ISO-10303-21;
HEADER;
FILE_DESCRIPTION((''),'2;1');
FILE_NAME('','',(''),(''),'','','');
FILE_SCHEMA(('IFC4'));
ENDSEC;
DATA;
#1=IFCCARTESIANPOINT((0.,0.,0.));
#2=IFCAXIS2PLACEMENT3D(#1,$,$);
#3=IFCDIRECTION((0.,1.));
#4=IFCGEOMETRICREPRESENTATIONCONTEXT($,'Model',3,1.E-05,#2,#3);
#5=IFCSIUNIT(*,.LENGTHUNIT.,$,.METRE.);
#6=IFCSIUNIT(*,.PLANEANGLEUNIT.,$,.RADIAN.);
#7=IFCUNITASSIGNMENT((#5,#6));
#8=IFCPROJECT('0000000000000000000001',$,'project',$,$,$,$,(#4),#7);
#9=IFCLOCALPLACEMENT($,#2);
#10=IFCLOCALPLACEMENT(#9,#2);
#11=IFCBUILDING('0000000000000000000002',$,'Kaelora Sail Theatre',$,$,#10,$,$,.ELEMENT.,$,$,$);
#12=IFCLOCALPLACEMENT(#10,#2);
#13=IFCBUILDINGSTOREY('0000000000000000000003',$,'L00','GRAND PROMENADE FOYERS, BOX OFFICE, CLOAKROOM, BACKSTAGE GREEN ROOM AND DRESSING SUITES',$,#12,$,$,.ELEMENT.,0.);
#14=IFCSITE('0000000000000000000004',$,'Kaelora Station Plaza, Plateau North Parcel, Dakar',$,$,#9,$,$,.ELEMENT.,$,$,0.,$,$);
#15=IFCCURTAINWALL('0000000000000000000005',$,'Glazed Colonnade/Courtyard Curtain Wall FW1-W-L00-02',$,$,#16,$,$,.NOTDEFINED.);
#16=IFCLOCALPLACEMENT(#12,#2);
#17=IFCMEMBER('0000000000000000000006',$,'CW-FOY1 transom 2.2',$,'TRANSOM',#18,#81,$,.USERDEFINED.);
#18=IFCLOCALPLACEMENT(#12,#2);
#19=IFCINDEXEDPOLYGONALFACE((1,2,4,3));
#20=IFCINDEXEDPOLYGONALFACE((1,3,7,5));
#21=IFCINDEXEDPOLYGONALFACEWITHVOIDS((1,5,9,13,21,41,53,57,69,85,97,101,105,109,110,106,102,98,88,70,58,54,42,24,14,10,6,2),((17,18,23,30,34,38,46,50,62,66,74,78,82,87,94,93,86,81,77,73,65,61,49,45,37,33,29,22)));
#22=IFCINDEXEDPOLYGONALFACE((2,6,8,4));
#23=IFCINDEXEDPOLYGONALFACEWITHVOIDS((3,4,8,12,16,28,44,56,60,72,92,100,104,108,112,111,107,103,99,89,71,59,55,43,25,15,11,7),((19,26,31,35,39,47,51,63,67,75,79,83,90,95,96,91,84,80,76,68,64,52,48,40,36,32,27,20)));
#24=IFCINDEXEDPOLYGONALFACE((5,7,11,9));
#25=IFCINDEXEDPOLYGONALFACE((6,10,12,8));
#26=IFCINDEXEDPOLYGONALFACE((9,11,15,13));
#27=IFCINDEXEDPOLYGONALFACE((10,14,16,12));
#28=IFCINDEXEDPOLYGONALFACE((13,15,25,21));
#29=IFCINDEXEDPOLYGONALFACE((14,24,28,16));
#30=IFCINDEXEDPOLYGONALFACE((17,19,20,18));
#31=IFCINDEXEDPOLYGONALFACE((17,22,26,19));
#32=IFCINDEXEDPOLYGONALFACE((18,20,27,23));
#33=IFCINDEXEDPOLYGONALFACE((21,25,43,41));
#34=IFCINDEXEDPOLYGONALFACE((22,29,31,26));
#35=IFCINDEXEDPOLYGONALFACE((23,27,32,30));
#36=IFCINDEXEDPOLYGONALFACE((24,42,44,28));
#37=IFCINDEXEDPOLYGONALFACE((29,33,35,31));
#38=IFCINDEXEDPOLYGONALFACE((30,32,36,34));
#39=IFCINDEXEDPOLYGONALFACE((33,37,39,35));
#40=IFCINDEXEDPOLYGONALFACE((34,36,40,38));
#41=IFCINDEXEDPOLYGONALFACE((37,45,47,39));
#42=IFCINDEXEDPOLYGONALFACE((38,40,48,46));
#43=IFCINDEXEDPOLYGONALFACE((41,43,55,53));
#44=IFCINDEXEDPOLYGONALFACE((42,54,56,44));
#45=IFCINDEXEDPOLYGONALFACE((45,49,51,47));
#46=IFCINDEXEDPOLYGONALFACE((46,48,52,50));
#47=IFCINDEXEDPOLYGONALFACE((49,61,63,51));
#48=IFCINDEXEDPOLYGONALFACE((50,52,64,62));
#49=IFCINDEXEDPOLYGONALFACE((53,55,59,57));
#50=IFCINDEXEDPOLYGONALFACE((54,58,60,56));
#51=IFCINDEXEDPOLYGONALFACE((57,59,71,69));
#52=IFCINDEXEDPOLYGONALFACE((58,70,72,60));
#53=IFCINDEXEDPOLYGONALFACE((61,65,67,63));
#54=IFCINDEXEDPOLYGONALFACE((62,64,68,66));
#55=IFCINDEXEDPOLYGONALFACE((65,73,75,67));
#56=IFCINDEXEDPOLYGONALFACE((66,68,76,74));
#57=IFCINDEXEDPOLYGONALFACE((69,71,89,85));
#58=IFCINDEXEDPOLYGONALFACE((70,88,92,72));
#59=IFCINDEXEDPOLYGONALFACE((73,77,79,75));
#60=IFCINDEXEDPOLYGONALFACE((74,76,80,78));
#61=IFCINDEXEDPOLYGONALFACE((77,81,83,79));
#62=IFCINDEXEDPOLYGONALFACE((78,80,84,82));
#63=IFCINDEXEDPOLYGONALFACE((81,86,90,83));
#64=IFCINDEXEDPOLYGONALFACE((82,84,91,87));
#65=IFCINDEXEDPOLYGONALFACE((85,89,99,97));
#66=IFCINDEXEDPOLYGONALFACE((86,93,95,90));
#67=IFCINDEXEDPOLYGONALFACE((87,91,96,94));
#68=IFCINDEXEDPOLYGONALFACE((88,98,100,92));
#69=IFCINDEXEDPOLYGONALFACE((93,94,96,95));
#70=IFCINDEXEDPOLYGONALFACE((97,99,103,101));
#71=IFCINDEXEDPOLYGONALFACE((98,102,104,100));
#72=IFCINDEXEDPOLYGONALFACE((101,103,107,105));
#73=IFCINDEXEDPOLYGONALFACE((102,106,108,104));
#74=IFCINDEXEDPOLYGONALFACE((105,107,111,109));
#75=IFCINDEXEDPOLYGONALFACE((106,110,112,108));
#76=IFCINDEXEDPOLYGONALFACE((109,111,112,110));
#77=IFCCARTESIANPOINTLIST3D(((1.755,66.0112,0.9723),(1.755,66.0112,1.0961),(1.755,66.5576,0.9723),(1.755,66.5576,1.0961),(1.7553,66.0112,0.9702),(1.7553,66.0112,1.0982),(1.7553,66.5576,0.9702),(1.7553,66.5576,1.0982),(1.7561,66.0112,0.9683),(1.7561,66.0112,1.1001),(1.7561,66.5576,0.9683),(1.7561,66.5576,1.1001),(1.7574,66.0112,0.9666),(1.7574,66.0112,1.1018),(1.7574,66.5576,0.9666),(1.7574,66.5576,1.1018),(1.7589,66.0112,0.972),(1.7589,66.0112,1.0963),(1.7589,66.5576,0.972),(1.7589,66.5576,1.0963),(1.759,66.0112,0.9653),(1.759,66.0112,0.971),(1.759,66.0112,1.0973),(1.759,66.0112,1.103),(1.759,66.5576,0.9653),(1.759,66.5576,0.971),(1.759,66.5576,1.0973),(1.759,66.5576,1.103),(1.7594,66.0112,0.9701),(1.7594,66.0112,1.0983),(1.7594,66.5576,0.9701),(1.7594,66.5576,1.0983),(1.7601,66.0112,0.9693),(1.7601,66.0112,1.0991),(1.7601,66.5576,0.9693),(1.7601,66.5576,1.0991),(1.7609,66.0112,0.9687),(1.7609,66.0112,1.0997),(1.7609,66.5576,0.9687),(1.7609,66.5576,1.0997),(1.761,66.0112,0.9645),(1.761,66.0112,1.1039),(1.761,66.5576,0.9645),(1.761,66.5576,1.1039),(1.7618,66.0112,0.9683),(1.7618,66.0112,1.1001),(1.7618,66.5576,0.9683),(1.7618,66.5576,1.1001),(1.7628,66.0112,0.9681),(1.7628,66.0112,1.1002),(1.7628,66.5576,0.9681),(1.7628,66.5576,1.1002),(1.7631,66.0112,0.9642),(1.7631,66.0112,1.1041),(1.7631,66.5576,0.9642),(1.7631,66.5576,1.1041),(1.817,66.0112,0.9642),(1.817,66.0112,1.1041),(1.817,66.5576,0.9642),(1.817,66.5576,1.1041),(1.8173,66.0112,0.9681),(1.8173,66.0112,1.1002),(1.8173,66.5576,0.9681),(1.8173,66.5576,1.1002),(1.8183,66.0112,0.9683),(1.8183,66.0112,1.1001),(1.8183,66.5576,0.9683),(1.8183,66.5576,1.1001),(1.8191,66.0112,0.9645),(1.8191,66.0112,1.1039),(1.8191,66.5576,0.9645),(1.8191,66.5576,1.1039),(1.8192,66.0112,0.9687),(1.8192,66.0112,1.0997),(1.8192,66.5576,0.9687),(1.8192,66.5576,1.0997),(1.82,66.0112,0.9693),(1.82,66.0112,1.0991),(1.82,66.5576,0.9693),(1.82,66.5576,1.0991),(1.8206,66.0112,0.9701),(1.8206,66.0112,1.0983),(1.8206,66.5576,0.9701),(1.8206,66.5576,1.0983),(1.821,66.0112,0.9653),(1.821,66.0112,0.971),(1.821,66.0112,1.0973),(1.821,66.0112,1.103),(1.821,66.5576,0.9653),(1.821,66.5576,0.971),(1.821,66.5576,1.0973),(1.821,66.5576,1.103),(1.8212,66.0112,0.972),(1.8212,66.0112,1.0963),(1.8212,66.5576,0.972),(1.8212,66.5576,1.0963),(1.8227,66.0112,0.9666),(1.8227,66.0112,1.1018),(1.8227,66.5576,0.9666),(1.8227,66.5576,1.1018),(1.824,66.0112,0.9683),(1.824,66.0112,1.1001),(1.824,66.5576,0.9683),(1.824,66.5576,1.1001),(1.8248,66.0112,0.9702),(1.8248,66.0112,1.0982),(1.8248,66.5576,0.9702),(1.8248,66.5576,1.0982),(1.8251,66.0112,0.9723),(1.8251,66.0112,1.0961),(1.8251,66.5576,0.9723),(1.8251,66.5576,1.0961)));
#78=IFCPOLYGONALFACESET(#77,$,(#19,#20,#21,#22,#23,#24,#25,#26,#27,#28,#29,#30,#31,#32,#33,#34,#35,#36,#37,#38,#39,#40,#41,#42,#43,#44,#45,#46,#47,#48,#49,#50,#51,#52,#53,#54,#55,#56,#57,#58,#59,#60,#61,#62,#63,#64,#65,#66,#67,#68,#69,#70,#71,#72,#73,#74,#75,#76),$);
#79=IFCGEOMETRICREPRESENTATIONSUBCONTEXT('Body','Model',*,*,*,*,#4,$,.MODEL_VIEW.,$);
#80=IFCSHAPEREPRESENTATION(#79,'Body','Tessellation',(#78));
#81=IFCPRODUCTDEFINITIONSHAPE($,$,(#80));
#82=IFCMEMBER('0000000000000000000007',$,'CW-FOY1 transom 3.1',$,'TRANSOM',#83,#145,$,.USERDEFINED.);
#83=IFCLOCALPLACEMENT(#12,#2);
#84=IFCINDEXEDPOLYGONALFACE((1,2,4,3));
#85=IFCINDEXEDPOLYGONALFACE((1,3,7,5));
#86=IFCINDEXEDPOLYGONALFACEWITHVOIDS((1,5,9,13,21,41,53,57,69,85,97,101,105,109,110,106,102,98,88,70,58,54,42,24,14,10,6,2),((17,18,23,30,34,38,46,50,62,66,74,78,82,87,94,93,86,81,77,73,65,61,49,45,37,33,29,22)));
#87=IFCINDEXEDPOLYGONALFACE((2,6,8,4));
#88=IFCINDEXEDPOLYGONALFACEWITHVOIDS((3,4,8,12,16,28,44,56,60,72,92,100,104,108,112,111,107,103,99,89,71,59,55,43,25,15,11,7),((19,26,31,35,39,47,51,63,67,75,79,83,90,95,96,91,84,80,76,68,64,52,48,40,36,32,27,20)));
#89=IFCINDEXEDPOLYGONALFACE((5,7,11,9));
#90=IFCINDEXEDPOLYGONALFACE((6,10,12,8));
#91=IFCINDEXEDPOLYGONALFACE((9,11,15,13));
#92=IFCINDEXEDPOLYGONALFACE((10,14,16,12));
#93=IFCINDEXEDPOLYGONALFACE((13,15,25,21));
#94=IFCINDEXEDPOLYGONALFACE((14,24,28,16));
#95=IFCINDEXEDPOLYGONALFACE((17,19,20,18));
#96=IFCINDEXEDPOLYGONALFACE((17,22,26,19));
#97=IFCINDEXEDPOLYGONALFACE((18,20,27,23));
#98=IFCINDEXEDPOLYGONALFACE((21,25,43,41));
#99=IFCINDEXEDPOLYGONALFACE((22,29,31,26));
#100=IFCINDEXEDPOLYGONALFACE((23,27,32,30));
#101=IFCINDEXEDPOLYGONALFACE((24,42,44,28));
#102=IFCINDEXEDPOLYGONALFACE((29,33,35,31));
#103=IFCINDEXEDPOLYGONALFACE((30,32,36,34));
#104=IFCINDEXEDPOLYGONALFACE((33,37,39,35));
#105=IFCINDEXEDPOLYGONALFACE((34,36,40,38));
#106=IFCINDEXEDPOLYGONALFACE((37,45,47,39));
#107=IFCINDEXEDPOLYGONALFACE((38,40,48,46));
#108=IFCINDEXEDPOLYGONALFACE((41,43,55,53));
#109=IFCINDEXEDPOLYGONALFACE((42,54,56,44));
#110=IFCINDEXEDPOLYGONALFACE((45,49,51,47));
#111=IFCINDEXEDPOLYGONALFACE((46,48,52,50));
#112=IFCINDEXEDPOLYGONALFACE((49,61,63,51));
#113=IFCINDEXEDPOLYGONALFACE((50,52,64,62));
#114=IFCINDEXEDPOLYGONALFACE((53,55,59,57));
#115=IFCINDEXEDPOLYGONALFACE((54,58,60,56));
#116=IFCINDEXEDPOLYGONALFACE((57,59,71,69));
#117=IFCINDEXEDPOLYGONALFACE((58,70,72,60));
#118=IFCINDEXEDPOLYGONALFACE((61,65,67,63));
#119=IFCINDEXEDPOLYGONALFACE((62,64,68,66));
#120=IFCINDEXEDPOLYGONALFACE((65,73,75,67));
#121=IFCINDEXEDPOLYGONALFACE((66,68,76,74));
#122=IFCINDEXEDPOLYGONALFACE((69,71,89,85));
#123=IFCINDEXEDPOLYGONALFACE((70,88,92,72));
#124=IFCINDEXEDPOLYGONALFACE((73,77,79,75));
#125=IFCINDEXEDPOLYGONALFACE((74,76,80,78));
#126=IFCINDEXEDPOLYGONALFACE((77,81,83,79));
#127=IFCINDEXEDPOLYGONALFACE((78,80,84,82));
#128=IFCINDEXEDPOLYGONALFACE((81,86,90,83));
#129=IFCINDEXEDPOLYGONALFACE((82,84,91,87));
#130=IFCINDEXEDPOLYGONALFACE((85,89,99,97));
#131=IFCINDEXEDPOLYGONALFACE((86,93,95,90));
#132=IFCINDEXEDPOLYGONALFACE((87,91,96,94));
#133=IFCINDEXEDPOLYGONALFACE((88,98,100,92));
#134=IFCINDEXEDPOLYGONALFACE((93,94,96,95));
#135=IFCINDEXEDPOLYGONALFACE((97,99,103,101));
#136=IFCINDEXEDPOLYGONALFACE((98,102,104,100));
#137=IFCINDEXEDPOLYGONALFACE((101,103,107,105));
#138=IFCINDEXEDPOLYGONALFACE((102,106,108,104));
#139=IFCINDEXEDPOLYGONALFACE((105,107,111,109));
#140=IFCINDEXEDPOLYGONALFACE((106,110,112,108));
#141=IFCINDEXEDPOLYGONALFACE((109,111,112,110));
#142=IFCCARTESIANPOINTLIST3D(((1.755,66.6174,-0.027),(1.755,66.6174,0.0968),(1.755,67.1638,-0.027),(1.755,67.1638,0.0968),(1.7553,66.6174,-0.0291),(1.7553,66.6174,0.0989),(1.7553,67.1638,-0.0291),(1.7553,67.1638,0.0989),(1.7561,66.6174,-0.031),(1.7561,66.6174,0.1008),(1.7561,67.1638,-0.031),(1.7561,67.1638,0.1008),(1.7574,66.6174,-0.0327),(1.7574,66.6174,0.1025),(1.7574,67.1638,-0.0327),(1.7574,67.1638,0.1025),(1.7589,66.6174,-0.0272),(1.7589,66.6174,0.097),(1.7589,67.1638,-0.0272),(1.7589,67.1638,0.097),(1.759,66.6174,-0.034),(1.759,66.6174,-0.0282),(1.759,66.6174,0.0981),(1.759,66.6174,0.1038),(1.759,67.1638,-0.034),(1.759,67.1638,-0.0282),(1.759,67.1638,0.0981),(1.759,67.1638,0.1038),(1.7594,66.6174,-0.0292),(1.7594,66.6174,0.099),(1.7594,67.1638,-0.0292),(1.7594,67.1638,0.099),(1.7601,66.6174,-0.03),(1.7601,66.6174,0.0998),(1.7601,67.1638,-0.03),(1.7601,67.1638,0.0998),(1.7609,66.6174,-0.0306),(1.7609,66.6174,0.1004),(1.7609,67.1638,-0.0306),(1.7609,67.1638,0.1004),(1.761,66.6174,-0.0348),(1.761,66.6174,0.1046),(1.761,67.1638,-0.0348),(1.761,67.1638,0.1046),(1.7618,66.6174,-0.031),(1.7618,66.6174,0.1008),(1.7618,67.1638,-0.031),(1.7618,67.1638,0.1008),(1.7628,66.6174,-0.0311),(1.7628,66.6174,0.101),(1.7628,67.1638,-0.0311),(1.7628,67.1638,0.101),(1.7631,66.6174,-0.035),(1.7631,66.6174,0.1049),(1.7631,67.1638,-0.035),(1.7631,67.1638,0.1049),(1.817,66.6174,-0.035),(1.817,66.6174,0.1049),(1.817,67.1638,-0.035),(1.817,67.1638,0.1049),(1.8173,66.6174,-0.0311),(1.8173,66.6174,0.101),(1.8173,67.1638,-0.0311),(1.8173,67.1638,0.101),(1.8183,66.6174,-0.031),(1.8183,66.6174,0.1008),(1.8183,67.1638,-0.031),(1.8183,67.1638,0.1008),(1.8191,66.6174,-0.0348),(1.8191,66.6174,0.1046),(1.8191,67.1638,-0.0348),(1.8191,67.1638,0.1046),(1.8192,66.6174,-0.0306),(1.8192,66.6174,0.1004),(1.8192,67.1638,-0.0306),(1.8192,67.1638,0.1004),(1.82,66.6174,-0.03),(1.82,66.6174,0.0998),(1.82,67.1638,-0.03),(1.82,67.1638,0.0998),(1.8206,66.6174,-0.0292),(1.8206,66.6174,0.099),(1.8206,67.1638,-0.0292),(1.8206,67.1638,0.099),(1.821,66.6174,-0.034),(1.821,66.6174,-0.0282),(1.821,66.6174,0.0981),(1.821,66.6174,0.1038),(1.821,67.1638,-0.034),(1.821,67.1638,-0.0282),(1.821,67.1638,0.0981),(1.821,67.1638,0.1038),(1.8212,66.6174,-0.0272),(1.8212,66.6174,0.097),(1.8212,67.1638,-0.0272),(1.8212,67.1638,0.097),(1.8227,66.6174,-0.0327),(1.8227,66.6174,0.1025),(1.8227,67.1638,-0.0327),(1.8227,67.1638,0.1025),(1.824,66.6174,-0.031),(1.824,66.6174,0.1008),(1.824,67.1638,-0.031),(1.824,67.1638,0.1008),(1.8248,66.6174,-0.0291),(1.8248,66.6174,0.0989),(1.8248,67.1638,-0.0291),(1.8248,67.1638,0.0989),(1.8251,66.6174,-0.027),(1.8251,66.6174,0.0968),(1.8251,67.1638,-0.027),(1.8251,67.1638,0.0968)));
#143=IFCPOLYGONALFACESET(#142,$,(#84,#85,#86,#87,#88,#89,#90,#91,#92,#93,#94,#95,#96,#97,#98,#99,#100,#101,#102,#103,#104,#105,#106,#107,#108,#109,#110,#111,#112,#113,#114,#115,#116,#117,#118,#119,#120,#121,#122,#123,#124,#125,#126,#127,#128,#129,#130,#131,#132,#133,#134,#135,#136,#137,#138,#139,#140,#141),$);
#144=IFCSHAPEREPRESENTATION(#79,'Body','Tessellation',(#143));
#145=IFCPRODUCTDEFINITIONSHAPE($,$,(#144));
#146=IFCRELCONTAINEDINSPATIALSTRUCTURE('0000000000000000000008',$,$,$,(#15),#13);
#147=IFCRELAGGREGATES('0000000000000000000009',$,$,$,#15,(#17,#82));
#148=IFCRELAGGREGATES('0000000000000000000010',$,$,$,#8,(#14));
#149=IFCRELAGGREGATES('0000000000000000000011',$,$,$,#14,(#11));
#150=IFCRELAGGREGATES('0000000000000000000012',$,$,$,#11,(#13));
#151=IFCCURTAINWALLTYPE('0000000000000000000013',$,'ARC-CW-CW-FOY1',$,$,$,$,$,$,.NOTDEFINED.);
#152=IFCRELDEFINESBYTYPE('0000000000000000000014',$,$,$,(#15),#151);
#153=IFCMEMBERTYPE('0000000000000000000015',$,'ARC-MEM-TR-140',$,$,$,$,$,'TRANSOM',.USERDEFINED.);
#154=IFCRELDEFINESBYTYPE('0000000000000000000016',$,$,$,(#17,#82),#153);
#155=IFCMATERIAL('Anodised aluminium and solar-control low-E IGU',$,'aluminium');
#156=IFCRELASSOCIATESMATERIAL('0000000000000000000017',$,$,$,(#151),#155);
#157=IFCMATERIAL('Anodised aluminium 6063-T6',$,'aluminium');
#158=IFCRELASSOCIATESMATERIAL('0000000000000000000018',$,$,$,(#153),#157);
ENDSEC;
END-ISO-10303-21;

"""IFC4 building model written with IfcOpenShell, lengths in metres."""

from ifc_helpers import new_model, si_unit, direction, frame, origin, origin_2d, place, context, subcontext, project, spatial, hollow_rectangle, extrude, material, material_profile, profile_set, type_object, element, aggregate, save


model = new_model("IFC4")

# Units and contexts
model_context = context("Model", 3, precision=1e-05, world=origin(), true_north=direction((0.0, 1.0)))
body_context = subcontext(model_context, "Body", "Model", "MODEL_VIEW")
ifc_project = project(units=[si_unit("LENGTHUNIT", "METRE"), si_unit("PLANEANGLEUNIT", "RADIAN")], contexts=[model_context])

# Site, building, storey
site_placement = place(None, origin())
site = spatial("IfcSite", under=ifc_project, at=site_placement, Name="Kaelora Station Plaza, Plateau North Parcel, Dakar", CompositionType="ELEMENT", RefElevation=0.0)
building_placement = place(site_placement, origin())
building = spatial("IfcBuilding", under=site, at=building_placement, Name="Kaelora Sail Theatre", CompositionType="ELEMENT")
storey_placement = place(building_placement, origin())
storey = spatial("IfcBuildingStorey", under=building, at=storey_placement, Name="L00", Description="GRAND PROMENADE FOYERS, BOX OFFICE, CLOAKROOM, BACKSTAGE GREEN ROOM AND DRESSING SUITES", CompositionType="ELEMENT", Elevation=0.0)

# Shared definitions
ifc_material_1 = material(Name="Anodised aluminium and solar-control low-E IGU", Category="aluminium")
curtain_wall_type = type_object("IfcCurtainWallType", Name="ARC-CW-CW-FOY1", PredefinedType="NOTDEFINED", material=ifc_material_1)

# Curtain wall, members
curtain_wall_1_placement = place(storey_placement, origin())
curtain_wall_1 = element("IfcCurtainWall", 1, at=curtain_wall_1_placement, inside=storey, type_object=curtain_wall_type, Name="Glazed Colonnade/Courtyard Curtain Wall FW1-W-L00-02", PredefinedType="NOTDEFINED")
ifc_material_2 = material(Name="Anodised aluminium 6063-T6", Category="aluminium")
ifc_material_profile_1 = material_profile(ifc_material_2, hollow_rectangle(XDim=0.0701, YDim=0.1399, WallThickness=0.0039, InnerFilletRadius=0.0039, OuterFilletRadius=0.0081, at=origin_2d()), Name="ALU-TRAN 70x140x4")
ifc_profile_set_1 = profile_set([ifc_material_profile_1], Name="Anodised aluminium 6063-T6")
member_type_1 = type_object("IfcMemberType", Name="ARC-MEM-TR-140", ElementType="TRANSOM", PredefinedType="USERDEFINED", material=ifc_profile_set_1)
member_1_placement = place(storey_placement, frame((1.79, 66.0112, 1.0342), z_axis=(0.0, 1.0, 0.0), x_axis=(-1.0, 0.0, 0.0)))
member_1 = element("IfcMember", 2, at=member_1_placement, type_object=member_type_1, Name="CW-FOY1 transom 2.2", ObjectType="TRANSOM", PredefinedType="USERDEFINED", context=body_context, shape_type="SweptSolid", body=[
    extrude(hollow_rectangle(XDim=0.0701, YDim=0.1399, WallThickness=0.0039, InnerFilletRadius=0.0039, OuterFilletRadius=0.0081, at=origin_2d()), origin(), (0.0, 0.0, 1.0), 0.5464),
])
member_2_placement = place(storey_placement, frame((1.79, 66.6174, 0.0349), z_axis=(0.0, 1.0, 0.0), x_axis=(-1.0, 0.0, 0.0)))
member_2 = element("IfcMember", 3, at=member_2_placement, type_object=member_type_1, Name="CW-FOY1 transom 3.1", ObjectType="TRANSOM", PredefinedType="USERDEFINED", context=body_context, shape_type="SweptSolid", body=[
    extrude(hollow_rectangle(XDim=0.0701, YDim=0.1399, WallThickness=0.0039, InnerFilletRadius=0.0039, OuterFilletRadius=0.0081, at=origin_2d()), origin(), (0.0, 0.0, 1.0), 0.5464),
])

aggregate(curtain_wall_1, [member_1, member_2])

save(model, "model.ifc")
